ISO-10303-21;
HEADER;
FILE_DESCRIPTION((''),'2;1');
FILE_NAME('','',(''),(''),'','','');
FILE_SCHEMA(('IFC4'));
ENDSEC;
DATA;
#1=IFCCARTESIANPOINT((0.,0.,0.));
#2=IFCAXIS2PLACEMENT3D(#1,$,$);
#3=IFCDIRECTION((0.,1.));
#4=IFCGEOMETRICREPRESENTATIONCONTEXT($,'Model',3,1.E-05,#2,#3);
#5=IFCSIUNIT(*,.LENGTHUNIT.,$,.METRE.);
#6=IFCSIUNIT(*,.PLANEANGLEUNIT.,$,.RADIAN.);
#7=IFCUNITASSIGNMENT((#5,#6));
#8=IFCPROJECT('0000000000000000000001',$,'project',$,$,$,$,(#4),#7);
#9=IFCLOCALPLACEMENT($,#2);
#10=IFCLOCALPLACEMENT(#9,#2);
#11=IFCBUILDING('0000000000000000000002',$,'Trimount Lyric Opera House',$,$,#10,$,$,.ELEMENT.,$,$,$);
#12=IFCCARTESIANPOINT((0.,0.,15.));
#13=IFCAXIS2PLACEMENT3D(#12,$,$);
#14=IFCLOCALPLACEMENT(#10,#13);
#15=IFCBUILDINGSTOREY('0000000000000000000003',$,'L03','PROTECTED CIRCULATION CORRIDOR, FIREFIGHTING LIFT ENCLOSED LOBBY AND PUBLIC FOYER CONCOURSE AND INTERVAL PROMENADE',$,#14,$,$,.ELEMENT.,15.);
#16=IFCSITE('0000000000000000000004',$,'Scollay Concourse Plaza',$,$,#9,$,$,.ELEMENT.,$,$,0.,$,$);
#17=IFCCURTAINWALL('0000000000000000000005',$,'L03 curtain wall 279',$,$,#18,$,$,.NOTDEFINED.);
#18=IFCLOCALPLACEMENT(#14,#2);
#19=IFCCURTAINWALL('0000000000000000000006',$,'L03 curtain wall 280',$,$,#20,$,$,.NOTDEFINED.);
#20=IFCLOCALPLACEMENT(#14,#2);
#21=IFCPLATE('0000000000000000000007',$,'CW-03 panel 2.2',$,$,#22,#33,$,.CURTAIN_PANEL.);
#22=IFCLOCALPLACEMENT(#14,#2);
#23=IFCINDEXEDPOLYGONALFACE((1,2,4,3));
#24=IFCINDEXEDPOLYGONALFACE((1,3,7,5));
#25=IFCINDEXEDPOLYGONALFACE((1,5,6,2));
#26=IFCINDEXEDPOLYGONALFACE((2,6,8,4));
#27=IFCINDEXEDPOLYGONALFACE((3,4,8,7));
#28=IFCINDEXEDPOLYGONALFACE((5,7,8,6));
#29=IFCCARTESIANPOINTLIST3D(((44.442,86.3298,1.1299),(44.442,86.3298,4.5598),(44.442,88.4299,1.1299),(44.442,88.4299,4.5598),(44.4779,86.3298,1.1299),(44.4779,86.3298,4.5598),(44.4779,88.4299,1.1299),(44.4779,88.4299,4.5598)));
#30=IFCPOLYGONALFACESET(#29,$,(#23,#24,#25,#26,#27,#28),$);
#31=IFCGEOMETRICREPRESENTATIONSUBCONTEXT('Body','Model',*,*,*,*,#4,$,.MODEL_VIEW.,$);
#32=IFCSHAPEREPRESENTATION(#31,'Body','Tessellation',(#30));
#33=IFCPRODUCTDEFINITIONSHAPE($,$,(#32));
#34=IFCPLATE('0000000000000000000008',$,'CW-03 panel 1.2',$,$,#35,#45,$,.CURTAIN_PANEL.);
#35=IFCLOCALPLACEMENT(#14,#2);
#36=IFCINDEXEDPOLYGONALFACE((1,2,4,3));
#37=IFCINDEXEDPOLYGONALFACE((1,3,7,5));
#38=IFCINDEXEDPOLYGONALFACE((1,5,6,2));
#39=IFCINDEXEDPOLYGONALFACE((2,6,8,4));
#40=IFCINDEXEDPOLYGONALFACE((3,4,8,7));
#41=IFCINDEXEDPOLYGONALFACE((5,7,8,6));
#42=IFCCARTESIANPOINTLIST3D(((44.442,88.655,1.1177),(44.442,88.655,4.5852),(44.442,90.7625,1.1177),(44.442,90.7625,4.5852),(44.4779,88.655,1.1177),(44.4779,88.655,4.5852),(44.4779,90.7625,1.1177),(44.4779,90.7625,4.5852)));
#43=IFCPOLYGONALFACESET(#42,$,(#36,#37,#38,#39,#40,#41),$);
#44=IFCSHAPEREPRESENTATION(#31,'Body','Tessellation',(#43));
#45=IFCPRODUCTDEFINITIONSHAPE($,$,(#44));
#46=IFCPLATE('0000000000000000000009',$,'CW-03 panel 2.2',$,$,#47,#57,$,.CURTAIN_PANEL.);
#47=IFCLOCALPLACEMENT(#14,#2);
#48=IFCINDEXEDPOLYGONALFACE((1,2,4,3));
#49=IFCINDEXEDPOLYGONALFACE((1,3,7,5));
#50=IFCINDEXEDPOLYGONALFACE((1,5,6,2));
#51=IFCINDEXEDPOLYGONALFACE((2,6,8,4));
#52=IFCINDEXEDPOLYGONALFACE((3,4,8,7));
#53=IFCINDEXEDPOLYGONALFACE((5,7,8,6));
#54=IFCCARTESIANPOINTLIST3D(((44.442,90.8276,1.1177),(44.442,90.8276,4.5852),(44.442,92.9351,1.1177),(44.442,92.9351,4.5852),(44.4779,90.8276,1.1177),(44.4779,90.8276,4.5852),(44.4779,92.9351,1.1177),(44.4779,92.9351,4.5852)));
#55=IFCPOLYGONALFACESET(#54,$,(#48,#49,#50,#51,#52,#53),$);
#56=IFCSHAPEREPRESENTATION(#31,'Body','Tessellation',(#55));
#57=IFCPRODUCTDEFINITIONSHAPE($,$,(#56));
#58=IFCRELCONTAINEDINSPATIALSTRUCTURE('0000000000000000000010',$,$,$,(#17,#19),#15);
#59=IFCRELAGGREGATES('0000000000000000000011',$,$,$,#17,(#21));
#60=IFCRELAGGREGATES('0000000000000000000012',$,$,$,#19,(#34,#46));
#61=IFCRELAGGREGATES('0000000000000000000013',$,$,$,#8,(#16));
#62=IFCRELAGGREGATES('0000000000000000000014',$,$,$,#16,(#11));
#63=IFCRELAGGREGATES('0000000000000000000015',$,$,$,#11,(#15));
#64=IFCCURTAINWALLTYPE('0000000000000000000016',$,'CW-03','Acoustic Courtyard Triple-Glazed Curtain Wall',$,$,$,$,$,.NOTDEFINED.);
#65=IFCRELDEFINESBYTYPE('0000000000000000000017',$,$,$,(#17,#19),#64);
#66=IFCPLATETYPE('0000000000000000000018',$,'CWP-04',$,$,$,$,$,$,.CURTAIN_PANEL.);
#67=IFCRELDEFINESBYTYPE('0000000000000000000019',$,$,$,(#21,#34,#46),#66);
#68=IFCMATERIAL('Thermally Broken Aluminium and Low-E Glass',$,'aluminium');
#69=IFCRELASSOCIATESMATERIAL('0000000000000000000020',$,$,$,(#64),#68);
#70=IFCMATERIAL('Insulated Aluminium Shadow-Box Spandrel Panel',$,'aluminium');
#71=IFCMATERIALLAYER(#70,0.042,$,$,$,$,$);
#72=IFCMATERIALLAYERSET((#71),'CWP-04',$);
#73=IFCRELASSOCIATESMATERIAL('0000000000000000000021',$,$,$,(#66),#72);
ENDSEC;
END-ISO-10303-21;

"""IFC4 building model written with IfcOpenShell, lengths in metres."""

from ifc_helpers import new_model, si_unit, direction, frame, origin, origin_2d, place, context, subcontext, project, spatial, rectangle, extrude, material, layer, layer_set, type_object, element, aggregate, save


model = new_model("IFC4")

# Units and contexts
model_context = context("Model", 3, precision=1e-05, world=origin(), true_north=direction((0.0, 1.0)))
body_context = subcontext(model_context, "Body", "Model", "MODEL_VIEW")
ifc_project = project(units=[si_unit("LENGTHUNIT", "METRE"), si_unit("PLANEANGLEUNIT", "RADIAN")], contexts=[model_context])

# Site, building, storey
site_placement = place(None, origin())
site = spatial("IfcSite", under=ifc_project, at=site_placement, Name="Scollay Concourse Plaza", CompositionType="ELEMENT", RefElevation=0.0)
building_placement = place(site_placement, origin())
building = spatial("IfcBuilding", under=site, at=building_placement, Name="Trimount Lyric Opera House", CompositionType="ELEMENT")
storey_placement = place(building_placement, frame((0.0, 0.0, 15.0)))
storey = spatial("IfcBuildingStorey", under=building, at=storey_placement, Name="L03", Description="PROTECTED CIRCULATION CORRIDOR, FIREFIGHTING LIFT ENCLOSED LOBBY AND PUBLIC FOYER CONCOURSE AND INTERVAL PROMENADE", CompositionType="ELEMENT", Elevation=15.0)

# Curtain walls
ifc_material_1 = material(Name="Thermally Broken Aluminium and Low-E Glass", Category="aluminium")
curtain_wall_type = type_object("IfcCurtainWallType", Name="CW-03", Description="Acoustic Courtyard Triple-Glazed Curtain Wall", PredefinedType="NOTDEFINED", material=ifc_material_1)
curtain_wall_1_placement = place(storey_placement, origin())
curtain_wall_1 = element("IfcCurtainWall", 1, at=curtain_wall_1_placement, inside=storey, type_object=curtain_wall_type, Name="L03 curtain wall 279", PredefinedType="NOTDEFINED")
curtain_wall_2_placement = place(storey_placement, origin())
curtain_wall_2 = element("IfcCurtainWall", 2, at=curtain_wall_2_placement, inside=storey, type_object=curtain_wall_type, Name="L03 curtain wall 280", PredefinedType="NOTDEFINED")

# Plates
ifc_material_2 = material(Name="Insulated Aluminium Shadow-Box Spandrel Panel", Category="aluminium")
ifc_layer_1 = layer(ifc_material_2, 0.042)
ifc_layer_set_1 = layer_set([ifc_layer_1], Name="CWP-04")
plate_type_1 = type_object("IfcPlateType", Name="CWP-04", PredefinedType="CURTAIN_PANEL", material=ifc_layer_set_1)
plate_1_placement = place(storey_placement, frame((44.46, 87.3799, 1.1299), z_axis=(0.0, 0.0, 1.0), x_axis=(0.0, 1.0, 0.0)))
plate_1 = element("IfcPlate", 3, at=plate_1_placement, type_object=plate_type_1, Name="CW-03 panel 2.2", PredefinedType="CURTAIN_PANEL", context=body_context, shape_type="SweptSolid", body=[
    extrude(rectangle(XDim=2.1001, YDim=0.0359, at=origin_2d()), origin(), (0.0, 0.0, 1.0), 3.4299),
])
aggregate(curtain_wall_1, [plate_1])
plate_2_placement = place(storey_placement, frame((44.46, 89.7087, 1.1177), z_axis=(0.0, 0.0, 1.0), x_axis=(0.0, 1.0, 0.0)))
plate_2 = element("IfcPlate", 4, at=plate_2_placement, type_object=plate_type_1, Name="CW-03 panel 1.2", PredefinedType="CURTAIN_PANEL", context=body_context, shape_type="SweptSolid", body=[
    extrude(rectangle(XDim=2.1074, YDim=0.0359, at=origin_2d()), origin(), (0.0, 0.0, 1.0), 3.4675),
])
plate_3_placement = place(storey_placement, frame((44.46, 91.8813, 1.1177), z_axis=(0.0, 0.0, 1.0), x_axis=(0.0, 1.0, 0.0)))
plate_3 = element("IfcPlate", 5, at=plate_3_placement, type_object=plate_type_1, Name="CW-03 panel 2.2", PredefinedType="CURTAIN_PANEL", context=body_context, shape_type="SweptSolid", body=[
    extrude(rectangle(XDim=2.1074, YDim=0.0359, at=origin_2d()), origin(), (0.0, 0.0, 1.0), 3.4675),
])
aggregate(curtain_wall_2, [plate_2, plate_3])

save(model, "model.ifc")
